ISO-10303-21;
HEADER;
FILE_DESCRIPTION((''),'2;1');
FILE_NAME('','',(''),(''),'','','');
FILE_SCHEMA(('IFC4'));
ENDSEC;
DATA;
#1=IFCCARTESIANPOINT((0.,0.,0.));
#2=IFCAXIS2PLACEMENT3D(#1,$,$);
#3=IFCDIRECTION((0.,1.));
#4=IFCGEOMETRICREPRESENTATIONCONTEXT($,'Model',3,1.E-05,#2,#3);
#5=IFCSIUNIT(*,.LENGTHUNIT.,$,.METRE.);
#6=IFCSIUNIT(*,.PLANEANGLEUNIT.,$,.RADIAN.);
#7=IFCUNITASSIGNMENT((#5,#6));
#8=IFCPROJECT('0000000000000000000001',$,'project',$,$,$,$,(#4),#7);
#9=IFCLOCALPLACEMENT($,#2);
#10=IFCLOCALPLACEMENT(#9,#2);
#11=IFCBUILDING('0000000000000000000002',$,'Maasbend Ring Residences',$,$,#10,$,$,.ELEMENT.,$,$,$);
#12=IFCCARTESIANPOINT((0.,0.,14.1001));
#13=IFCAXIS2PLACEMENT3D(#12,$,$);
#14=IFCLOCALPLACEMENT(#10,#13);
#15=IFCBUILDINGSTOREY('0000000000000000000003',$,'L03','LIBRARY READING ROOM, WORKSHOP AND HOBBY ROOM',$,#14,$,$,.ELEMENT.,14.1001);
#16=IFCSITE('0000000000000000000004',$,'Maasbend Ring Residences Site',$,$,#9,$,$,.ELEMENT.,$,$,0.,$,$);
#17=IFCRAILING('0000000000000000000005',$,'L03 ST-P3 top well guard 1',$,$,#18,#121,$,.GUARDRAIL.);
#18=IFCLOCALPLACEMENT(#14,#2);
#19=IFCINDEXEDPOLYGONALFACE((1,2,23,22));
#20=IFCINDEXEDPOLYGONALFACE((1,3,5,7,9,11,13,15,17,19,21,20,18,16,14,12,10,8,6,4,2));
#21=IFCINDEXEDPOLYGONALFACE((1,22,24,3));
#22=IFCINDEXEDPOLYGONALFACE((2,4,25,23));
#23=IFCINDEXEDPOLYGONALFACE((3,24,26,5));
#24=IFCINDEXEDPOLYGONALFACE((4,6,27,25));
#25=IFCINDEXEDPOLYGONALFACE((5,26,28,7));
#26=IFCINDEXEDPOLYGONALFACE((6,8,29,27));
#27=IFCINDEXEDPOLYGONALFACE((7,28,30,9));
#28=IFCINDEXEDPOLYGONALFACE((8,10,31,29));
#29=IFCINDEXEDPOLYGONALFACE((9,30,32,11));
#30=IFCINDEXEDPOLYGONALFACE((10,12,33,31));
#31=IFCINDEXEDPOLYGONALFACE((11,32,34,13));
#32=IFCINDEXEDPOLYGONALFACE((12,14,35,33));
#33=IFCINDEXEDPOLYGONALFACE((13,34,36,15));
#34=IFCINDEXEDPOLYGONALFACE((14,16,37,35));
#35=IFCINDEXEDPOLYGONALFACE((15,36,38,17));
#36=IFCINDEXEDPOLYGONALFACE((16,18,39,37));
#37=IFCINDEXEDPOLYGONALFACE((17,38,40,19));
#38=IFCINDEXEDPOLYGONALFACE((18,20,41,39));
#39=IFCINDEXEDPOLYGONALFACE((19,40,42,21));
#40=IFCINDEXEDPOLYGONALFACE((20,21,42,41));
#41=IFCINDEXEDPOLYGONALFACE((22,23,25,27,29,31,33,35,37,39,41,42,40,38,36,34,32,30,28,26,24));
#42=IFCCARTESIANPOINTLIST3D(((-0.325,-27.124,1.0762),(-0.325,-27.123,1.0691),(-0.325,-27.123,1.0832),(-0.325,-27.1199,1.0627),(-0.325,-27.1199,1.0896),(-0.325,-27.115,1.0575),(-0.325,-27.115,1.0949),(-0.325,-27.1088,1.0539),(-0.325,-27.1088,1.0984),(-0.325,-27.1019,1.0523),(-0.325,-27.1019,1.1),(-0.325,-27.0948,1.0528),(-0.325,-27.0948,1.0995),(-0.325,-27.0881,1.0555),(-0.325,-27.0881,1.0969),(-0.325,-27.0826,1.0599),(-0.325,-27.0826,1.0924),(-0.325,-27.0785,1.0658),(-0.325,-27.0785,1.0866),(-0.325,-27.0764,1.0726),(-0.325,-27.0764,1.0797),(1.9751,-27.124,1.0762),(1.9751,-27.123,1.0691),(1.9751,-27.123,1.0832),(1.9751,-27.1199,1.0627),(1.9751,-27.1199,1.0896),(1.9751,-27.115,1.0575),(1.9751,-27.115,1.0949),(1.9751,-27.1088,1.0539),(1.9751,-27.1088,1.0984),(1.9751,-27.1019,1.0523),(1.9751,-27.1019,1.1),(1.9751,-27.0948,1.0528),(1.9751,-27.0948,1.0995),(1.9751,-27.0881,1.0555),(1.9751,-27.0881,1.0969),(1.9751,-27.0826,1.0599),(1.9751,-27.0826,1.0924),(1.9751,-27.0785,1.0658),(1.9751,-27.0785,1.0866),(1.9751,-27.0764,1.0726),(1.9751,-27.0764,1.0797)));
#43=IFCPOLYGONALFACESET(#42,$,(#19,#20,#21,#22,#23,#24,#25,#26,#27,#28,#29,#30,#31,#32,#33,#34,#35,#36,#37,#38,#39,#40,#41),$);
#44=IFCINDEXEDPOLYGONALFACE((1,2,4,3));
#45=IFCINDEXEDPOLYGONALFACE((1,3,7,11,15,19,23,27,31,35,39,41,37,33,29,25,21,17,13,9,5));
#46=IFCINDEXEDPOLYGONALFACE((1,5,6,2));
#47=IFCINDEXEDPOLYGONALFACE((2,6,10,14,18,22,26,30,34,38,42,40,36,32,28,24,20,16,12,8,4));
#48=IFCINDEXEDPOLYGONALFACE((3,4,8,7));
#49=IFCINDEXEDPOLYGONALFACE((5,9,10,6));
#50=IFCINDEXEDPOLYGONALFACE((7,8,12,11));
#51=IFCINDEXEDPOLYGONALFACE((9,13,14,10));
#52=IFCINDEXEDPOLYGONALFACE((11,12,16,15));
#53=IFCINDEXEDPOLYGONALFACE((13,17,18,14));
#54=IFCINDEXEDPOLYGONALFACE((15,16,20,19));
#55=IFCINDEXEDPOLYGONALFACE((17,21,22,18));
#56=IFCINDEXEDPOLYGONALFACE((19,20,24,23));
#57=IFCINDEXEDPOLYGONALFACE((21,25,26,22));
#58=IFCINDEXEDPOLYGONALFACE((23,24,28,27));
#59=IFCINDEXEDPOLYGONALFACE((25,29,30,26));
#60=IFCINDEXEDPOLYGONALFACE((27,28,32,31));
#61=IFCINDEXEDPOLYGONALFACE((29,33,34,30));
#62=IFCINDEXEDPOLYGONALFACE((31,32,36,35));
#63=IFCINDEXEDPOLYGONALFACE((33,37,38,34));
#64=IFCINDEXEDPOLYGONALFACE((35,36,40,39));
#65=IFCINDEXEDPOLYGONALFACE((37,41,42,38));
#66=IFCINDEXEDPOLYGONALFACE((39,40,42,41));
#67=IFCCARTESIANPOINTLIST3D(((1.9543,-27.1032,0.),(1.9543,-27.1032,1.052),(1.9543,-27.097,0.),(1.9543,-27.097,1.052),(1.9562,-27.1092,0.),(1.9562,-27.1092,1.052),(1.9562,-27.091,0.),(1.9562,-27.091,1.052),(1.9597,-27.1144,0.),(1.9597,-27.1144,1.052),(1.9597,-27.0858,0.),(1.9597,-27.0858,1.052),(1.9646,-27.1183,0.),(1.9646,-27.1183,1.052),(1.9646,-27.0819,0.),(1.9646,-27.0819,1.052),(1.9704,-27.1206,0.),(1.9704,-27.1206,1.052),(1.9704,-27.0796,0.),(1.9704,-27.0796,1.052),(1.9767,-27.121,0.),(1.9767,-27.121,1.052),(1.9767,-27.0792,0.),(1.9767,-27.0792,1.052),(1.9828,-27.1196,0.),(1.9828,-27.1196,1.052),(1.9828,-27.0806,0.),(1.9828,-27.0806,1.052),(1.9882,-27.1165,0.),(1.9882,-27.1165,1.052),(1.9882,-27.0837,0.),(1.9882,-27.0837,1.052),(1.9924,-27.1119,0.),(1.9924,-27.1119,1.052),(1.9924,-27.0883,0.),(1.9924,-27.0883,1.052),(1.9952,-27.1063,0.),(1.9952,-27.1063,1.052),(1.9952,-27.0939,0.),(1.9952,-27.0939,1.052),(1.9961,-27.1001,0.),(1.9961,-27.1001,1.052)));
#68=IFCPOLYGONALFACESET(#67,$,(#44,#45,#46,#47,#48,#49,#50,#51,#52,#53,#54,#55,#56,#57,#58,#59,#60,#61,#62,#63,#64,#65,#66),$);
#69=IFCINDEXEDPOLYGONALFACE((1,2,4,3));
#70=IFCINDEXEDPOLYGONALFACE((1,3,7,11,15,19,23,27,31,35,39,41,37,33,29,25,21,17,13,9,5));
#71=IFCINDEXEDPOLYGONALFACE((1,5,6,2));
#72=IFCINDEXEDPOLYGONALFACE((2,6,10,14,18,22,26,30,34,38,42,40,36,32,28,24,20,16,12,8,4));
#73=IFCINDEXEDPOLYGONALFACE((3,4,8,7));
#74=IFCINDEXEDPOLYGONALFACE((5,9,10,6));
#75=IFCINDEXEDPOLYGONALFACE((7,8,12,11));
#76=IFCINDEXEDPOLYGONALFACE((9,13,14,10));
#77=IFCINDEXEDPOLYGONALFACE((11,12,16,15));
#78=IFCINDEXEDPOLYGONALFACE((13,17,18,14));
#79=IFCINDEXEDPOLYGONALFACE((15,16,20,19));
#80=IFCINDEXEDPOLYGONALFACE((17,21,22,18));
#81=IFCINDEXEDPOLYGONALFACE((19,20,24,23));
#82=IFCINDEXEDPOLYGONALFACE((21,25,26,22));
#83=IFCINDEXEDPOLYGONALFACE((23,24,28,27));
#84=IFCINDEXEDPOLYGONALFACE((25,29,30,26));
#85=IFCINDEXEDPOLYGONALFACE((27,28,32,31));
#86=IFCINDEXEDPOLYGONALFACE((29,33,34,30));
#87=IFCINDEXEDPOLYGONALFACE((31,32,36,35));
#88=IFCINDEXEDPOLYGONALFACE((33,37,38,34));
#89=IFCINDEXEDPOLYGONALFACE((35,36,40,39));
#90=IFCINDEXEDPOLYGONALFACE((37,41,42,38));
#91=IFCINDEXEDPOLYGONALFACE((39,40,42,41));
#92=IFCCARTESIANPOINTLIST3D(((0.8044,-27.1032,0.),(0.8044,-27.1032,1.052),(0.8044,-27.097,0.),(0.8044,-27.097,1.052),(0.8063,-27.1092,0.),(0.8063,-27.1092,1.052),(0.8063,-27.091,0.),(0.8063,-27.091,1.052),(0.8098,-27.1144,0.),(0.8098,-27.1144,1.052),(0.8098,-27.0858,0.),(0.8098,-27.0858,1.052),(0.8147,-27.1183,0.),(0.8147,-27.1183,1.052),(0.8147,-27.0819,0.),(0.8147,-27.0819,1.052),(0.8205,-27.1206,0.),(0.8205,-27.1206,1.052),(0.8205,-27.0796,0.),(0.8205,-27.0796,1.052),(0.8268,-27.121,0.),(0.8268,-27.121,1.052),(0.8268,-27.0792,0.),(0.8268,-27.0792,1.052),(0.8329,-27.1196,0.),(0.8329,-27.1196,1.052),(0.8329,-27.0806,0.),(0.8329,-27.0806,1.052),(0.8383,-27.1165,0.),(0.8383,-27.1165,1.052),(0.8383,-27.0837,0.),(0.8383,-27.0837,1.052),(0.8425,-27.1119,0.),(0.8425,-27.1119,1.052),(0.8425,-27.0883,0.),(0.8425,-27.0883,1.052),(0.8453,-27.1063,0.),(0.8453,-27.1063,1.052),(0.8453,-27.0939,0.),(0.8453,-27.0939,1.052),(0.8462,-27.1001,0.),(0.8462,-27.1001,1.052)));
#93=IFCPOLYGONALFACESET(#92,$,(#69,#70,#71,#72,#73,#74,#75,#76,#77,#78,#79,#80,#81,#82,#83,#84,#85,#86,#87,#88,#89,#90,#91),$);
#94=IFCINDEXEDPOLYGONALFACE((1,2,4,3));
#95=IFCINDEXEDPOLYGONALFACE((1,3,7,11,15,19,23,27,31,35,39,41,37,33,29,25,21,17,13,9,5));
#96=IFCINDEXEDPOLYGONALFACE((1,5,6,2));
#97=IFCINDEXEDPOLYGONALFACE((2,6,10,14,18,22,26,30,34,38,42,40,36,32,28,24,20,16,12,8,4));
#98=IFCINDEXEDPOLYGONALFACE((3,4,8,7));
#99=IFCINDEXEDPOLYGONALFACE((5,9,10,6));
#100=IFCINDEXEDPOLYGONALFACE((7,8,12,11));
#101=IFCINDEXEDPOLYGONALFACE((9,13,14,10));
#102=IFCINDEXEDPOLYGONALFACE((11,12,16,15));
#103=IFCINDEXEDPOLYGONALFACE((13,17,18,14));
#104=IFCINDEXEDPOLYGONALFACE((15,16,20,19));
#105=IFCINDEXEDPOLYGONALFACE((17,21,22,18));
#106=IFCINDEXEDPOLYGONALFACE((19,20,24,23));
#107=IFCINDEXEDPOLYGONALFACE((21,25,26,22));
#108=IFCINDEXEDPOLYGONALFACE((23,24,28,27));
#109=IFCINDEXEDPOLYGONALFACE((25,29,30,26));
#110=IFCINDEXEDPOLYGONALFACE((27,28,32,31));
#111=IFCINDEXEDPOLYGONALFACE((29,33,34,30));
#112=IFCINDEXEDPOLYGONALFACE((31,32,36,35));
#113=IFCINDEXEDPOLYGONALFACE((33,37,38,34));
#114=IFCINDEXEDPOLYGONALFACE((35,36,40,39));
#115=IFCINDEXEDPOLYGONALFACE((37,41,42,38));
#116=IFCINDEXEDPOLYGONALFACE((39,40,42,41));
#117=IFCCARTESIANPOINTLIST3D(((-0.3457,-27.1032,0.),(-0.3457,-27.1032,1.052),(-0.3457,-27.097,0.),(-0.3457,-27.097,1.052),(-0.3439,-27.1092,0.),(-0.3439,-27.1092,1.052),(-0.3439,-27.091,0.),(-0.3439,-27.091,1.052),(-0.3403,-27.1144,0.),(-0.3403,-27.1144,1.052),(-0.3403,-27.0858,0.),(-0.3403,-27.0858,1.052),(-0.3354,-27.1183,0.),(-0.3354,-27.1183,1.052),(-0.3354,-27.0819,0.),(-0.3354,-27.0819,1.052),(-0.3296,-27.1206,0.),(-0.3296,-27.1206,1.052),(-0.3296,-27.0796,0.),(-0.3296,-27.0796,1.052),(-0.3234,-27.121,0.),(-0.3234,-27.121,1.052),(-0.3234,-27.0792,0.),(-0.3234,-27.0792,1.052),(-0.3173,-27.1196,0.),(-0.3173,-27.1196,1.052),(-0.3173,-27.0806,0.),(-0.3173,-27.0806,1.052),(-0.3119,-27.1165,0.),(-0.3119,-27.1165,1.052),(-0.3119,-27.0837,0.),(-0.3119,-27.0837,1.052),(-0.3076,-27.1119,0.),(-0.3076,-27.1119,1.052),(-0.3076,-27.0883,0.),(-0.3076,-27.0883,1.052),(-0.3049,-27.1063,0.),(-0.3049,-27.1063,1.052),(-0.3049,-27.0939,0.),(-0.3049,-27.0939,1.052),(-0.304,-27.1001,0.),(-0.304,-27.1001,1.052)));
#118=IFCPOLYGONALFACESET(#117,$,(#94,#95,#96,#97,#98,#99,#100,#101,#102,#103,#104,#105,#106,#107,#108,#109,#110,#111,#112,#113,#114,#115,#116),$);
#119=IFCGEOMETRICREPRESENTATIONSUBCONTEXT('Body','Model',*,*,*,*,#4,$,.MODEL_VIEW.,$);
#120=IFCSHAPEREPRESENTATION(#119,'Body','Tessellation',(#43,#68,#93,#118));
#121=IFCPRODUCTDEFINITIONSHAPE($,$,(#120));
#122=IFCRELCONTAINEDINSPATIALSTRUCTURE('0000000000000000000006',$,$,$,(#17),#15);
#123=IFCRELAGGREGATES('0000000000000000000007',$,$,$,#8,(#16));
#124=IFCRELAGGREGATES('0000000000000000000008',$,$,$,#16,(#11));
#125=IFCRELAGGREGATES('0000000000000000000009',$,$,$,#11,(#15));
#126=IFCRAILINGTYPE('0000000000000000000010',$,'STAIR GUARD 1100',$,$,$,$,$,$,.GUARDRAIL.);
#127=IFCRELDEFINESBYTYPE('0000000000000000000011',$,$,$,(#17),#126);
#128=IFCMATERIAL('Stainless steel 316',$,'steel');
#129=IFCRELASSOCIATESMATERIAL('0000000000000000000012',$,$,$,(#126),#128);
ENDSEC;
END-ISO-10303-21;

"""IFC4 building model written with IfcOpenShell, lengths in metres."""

from ifc_helpers import new_model, si_unit, direction, frame, origin, origin_2d, place, context, subcontext, project, spatial, circle, extrude, material, type_object, element, save


model = new_model("IFC4")

# Units and contexts
model_context = context("Model", 3, precision=1e-05, world=origin(), true_north=direction((0.0, 1.0)))
body_context = subcontext(model_context, "Body", "Model", "MODEL_VIEW")
ifc_project = project(units=[si_unit("LENGTHUNIT", "METRE"), si_unit("PLANEANGLEUNIT", "RADIAN")], contexts=[model_context])

# Site, building, storey
site_placement = place(None, origin())
site = spatial("IfcSite", under=ifc_project, at=site_placement, Name="Maasbend Ring Residences Site", CompositionType="ELEMENT", RefElevation=0.0)
building_placement = place(site_placement, origin())
building = spatial("IfcBuilding", under=site, at=building_placement, Name="Maasbend Ring Residences", CompositionType="ELEMENT")
storey_placement = place(building_placement, frame((0.0, 0.0, 14.1001)))
storey = spatial("IfcBuildingStorey", under=building, at=storey_placement, Name="L03", Description="LIBRARY READING ROOM, WORKSHOP AND HOBBY ROOM", CompositionType="ELEMENT", Elevation=14.1001)

# Railing
ifc_material_1 = material(Name="Stainless steel 316", Category="steel")
railing_type = type_object("IfcRailingType", Name="STAIR GUARD 1100", PredefinedType="GUARDRAIL", material=ifc_material_1)
railing_placement = place(storey_placement, frame((1.9751, -27.1001, 0.0)))
element("IfcRailing", 1, at=railing_placement, inside=storey, type_object=railing_type, Name="L03 ST-P3 top well guard 1", PredefinedType="GUARDRAIL", context=body_context, shape_type="SweptSolid", body=[
    extrude(circle(Radius=0.0239, at=origin_2d()), frame((0.0, 0.0, 1.0762), z_axis=(-1.0, 0.0, 0.0), x_axis=(0.0, -1.0, 0.0)), (0.0, 0.0, 1.0), 2.3),
    extrude(circle(Radius=0.021, at=origin_2d()), origin(), (0.0, 0.0, 1.0), 1.052),
    extrude(circle(Radius=0.021, at=origin_2d()), frame((-1.1499, 0.0, 0.0)), (0.0, 0.0, 1.0), 1.052),
    extrude(circle(Radius=0.021, at=origin_2d()), frame((-2.3, 0.0, 0.0)), (0.0, 0.0, 1.0), 1.052),
])

save(model, "model.ifc")
